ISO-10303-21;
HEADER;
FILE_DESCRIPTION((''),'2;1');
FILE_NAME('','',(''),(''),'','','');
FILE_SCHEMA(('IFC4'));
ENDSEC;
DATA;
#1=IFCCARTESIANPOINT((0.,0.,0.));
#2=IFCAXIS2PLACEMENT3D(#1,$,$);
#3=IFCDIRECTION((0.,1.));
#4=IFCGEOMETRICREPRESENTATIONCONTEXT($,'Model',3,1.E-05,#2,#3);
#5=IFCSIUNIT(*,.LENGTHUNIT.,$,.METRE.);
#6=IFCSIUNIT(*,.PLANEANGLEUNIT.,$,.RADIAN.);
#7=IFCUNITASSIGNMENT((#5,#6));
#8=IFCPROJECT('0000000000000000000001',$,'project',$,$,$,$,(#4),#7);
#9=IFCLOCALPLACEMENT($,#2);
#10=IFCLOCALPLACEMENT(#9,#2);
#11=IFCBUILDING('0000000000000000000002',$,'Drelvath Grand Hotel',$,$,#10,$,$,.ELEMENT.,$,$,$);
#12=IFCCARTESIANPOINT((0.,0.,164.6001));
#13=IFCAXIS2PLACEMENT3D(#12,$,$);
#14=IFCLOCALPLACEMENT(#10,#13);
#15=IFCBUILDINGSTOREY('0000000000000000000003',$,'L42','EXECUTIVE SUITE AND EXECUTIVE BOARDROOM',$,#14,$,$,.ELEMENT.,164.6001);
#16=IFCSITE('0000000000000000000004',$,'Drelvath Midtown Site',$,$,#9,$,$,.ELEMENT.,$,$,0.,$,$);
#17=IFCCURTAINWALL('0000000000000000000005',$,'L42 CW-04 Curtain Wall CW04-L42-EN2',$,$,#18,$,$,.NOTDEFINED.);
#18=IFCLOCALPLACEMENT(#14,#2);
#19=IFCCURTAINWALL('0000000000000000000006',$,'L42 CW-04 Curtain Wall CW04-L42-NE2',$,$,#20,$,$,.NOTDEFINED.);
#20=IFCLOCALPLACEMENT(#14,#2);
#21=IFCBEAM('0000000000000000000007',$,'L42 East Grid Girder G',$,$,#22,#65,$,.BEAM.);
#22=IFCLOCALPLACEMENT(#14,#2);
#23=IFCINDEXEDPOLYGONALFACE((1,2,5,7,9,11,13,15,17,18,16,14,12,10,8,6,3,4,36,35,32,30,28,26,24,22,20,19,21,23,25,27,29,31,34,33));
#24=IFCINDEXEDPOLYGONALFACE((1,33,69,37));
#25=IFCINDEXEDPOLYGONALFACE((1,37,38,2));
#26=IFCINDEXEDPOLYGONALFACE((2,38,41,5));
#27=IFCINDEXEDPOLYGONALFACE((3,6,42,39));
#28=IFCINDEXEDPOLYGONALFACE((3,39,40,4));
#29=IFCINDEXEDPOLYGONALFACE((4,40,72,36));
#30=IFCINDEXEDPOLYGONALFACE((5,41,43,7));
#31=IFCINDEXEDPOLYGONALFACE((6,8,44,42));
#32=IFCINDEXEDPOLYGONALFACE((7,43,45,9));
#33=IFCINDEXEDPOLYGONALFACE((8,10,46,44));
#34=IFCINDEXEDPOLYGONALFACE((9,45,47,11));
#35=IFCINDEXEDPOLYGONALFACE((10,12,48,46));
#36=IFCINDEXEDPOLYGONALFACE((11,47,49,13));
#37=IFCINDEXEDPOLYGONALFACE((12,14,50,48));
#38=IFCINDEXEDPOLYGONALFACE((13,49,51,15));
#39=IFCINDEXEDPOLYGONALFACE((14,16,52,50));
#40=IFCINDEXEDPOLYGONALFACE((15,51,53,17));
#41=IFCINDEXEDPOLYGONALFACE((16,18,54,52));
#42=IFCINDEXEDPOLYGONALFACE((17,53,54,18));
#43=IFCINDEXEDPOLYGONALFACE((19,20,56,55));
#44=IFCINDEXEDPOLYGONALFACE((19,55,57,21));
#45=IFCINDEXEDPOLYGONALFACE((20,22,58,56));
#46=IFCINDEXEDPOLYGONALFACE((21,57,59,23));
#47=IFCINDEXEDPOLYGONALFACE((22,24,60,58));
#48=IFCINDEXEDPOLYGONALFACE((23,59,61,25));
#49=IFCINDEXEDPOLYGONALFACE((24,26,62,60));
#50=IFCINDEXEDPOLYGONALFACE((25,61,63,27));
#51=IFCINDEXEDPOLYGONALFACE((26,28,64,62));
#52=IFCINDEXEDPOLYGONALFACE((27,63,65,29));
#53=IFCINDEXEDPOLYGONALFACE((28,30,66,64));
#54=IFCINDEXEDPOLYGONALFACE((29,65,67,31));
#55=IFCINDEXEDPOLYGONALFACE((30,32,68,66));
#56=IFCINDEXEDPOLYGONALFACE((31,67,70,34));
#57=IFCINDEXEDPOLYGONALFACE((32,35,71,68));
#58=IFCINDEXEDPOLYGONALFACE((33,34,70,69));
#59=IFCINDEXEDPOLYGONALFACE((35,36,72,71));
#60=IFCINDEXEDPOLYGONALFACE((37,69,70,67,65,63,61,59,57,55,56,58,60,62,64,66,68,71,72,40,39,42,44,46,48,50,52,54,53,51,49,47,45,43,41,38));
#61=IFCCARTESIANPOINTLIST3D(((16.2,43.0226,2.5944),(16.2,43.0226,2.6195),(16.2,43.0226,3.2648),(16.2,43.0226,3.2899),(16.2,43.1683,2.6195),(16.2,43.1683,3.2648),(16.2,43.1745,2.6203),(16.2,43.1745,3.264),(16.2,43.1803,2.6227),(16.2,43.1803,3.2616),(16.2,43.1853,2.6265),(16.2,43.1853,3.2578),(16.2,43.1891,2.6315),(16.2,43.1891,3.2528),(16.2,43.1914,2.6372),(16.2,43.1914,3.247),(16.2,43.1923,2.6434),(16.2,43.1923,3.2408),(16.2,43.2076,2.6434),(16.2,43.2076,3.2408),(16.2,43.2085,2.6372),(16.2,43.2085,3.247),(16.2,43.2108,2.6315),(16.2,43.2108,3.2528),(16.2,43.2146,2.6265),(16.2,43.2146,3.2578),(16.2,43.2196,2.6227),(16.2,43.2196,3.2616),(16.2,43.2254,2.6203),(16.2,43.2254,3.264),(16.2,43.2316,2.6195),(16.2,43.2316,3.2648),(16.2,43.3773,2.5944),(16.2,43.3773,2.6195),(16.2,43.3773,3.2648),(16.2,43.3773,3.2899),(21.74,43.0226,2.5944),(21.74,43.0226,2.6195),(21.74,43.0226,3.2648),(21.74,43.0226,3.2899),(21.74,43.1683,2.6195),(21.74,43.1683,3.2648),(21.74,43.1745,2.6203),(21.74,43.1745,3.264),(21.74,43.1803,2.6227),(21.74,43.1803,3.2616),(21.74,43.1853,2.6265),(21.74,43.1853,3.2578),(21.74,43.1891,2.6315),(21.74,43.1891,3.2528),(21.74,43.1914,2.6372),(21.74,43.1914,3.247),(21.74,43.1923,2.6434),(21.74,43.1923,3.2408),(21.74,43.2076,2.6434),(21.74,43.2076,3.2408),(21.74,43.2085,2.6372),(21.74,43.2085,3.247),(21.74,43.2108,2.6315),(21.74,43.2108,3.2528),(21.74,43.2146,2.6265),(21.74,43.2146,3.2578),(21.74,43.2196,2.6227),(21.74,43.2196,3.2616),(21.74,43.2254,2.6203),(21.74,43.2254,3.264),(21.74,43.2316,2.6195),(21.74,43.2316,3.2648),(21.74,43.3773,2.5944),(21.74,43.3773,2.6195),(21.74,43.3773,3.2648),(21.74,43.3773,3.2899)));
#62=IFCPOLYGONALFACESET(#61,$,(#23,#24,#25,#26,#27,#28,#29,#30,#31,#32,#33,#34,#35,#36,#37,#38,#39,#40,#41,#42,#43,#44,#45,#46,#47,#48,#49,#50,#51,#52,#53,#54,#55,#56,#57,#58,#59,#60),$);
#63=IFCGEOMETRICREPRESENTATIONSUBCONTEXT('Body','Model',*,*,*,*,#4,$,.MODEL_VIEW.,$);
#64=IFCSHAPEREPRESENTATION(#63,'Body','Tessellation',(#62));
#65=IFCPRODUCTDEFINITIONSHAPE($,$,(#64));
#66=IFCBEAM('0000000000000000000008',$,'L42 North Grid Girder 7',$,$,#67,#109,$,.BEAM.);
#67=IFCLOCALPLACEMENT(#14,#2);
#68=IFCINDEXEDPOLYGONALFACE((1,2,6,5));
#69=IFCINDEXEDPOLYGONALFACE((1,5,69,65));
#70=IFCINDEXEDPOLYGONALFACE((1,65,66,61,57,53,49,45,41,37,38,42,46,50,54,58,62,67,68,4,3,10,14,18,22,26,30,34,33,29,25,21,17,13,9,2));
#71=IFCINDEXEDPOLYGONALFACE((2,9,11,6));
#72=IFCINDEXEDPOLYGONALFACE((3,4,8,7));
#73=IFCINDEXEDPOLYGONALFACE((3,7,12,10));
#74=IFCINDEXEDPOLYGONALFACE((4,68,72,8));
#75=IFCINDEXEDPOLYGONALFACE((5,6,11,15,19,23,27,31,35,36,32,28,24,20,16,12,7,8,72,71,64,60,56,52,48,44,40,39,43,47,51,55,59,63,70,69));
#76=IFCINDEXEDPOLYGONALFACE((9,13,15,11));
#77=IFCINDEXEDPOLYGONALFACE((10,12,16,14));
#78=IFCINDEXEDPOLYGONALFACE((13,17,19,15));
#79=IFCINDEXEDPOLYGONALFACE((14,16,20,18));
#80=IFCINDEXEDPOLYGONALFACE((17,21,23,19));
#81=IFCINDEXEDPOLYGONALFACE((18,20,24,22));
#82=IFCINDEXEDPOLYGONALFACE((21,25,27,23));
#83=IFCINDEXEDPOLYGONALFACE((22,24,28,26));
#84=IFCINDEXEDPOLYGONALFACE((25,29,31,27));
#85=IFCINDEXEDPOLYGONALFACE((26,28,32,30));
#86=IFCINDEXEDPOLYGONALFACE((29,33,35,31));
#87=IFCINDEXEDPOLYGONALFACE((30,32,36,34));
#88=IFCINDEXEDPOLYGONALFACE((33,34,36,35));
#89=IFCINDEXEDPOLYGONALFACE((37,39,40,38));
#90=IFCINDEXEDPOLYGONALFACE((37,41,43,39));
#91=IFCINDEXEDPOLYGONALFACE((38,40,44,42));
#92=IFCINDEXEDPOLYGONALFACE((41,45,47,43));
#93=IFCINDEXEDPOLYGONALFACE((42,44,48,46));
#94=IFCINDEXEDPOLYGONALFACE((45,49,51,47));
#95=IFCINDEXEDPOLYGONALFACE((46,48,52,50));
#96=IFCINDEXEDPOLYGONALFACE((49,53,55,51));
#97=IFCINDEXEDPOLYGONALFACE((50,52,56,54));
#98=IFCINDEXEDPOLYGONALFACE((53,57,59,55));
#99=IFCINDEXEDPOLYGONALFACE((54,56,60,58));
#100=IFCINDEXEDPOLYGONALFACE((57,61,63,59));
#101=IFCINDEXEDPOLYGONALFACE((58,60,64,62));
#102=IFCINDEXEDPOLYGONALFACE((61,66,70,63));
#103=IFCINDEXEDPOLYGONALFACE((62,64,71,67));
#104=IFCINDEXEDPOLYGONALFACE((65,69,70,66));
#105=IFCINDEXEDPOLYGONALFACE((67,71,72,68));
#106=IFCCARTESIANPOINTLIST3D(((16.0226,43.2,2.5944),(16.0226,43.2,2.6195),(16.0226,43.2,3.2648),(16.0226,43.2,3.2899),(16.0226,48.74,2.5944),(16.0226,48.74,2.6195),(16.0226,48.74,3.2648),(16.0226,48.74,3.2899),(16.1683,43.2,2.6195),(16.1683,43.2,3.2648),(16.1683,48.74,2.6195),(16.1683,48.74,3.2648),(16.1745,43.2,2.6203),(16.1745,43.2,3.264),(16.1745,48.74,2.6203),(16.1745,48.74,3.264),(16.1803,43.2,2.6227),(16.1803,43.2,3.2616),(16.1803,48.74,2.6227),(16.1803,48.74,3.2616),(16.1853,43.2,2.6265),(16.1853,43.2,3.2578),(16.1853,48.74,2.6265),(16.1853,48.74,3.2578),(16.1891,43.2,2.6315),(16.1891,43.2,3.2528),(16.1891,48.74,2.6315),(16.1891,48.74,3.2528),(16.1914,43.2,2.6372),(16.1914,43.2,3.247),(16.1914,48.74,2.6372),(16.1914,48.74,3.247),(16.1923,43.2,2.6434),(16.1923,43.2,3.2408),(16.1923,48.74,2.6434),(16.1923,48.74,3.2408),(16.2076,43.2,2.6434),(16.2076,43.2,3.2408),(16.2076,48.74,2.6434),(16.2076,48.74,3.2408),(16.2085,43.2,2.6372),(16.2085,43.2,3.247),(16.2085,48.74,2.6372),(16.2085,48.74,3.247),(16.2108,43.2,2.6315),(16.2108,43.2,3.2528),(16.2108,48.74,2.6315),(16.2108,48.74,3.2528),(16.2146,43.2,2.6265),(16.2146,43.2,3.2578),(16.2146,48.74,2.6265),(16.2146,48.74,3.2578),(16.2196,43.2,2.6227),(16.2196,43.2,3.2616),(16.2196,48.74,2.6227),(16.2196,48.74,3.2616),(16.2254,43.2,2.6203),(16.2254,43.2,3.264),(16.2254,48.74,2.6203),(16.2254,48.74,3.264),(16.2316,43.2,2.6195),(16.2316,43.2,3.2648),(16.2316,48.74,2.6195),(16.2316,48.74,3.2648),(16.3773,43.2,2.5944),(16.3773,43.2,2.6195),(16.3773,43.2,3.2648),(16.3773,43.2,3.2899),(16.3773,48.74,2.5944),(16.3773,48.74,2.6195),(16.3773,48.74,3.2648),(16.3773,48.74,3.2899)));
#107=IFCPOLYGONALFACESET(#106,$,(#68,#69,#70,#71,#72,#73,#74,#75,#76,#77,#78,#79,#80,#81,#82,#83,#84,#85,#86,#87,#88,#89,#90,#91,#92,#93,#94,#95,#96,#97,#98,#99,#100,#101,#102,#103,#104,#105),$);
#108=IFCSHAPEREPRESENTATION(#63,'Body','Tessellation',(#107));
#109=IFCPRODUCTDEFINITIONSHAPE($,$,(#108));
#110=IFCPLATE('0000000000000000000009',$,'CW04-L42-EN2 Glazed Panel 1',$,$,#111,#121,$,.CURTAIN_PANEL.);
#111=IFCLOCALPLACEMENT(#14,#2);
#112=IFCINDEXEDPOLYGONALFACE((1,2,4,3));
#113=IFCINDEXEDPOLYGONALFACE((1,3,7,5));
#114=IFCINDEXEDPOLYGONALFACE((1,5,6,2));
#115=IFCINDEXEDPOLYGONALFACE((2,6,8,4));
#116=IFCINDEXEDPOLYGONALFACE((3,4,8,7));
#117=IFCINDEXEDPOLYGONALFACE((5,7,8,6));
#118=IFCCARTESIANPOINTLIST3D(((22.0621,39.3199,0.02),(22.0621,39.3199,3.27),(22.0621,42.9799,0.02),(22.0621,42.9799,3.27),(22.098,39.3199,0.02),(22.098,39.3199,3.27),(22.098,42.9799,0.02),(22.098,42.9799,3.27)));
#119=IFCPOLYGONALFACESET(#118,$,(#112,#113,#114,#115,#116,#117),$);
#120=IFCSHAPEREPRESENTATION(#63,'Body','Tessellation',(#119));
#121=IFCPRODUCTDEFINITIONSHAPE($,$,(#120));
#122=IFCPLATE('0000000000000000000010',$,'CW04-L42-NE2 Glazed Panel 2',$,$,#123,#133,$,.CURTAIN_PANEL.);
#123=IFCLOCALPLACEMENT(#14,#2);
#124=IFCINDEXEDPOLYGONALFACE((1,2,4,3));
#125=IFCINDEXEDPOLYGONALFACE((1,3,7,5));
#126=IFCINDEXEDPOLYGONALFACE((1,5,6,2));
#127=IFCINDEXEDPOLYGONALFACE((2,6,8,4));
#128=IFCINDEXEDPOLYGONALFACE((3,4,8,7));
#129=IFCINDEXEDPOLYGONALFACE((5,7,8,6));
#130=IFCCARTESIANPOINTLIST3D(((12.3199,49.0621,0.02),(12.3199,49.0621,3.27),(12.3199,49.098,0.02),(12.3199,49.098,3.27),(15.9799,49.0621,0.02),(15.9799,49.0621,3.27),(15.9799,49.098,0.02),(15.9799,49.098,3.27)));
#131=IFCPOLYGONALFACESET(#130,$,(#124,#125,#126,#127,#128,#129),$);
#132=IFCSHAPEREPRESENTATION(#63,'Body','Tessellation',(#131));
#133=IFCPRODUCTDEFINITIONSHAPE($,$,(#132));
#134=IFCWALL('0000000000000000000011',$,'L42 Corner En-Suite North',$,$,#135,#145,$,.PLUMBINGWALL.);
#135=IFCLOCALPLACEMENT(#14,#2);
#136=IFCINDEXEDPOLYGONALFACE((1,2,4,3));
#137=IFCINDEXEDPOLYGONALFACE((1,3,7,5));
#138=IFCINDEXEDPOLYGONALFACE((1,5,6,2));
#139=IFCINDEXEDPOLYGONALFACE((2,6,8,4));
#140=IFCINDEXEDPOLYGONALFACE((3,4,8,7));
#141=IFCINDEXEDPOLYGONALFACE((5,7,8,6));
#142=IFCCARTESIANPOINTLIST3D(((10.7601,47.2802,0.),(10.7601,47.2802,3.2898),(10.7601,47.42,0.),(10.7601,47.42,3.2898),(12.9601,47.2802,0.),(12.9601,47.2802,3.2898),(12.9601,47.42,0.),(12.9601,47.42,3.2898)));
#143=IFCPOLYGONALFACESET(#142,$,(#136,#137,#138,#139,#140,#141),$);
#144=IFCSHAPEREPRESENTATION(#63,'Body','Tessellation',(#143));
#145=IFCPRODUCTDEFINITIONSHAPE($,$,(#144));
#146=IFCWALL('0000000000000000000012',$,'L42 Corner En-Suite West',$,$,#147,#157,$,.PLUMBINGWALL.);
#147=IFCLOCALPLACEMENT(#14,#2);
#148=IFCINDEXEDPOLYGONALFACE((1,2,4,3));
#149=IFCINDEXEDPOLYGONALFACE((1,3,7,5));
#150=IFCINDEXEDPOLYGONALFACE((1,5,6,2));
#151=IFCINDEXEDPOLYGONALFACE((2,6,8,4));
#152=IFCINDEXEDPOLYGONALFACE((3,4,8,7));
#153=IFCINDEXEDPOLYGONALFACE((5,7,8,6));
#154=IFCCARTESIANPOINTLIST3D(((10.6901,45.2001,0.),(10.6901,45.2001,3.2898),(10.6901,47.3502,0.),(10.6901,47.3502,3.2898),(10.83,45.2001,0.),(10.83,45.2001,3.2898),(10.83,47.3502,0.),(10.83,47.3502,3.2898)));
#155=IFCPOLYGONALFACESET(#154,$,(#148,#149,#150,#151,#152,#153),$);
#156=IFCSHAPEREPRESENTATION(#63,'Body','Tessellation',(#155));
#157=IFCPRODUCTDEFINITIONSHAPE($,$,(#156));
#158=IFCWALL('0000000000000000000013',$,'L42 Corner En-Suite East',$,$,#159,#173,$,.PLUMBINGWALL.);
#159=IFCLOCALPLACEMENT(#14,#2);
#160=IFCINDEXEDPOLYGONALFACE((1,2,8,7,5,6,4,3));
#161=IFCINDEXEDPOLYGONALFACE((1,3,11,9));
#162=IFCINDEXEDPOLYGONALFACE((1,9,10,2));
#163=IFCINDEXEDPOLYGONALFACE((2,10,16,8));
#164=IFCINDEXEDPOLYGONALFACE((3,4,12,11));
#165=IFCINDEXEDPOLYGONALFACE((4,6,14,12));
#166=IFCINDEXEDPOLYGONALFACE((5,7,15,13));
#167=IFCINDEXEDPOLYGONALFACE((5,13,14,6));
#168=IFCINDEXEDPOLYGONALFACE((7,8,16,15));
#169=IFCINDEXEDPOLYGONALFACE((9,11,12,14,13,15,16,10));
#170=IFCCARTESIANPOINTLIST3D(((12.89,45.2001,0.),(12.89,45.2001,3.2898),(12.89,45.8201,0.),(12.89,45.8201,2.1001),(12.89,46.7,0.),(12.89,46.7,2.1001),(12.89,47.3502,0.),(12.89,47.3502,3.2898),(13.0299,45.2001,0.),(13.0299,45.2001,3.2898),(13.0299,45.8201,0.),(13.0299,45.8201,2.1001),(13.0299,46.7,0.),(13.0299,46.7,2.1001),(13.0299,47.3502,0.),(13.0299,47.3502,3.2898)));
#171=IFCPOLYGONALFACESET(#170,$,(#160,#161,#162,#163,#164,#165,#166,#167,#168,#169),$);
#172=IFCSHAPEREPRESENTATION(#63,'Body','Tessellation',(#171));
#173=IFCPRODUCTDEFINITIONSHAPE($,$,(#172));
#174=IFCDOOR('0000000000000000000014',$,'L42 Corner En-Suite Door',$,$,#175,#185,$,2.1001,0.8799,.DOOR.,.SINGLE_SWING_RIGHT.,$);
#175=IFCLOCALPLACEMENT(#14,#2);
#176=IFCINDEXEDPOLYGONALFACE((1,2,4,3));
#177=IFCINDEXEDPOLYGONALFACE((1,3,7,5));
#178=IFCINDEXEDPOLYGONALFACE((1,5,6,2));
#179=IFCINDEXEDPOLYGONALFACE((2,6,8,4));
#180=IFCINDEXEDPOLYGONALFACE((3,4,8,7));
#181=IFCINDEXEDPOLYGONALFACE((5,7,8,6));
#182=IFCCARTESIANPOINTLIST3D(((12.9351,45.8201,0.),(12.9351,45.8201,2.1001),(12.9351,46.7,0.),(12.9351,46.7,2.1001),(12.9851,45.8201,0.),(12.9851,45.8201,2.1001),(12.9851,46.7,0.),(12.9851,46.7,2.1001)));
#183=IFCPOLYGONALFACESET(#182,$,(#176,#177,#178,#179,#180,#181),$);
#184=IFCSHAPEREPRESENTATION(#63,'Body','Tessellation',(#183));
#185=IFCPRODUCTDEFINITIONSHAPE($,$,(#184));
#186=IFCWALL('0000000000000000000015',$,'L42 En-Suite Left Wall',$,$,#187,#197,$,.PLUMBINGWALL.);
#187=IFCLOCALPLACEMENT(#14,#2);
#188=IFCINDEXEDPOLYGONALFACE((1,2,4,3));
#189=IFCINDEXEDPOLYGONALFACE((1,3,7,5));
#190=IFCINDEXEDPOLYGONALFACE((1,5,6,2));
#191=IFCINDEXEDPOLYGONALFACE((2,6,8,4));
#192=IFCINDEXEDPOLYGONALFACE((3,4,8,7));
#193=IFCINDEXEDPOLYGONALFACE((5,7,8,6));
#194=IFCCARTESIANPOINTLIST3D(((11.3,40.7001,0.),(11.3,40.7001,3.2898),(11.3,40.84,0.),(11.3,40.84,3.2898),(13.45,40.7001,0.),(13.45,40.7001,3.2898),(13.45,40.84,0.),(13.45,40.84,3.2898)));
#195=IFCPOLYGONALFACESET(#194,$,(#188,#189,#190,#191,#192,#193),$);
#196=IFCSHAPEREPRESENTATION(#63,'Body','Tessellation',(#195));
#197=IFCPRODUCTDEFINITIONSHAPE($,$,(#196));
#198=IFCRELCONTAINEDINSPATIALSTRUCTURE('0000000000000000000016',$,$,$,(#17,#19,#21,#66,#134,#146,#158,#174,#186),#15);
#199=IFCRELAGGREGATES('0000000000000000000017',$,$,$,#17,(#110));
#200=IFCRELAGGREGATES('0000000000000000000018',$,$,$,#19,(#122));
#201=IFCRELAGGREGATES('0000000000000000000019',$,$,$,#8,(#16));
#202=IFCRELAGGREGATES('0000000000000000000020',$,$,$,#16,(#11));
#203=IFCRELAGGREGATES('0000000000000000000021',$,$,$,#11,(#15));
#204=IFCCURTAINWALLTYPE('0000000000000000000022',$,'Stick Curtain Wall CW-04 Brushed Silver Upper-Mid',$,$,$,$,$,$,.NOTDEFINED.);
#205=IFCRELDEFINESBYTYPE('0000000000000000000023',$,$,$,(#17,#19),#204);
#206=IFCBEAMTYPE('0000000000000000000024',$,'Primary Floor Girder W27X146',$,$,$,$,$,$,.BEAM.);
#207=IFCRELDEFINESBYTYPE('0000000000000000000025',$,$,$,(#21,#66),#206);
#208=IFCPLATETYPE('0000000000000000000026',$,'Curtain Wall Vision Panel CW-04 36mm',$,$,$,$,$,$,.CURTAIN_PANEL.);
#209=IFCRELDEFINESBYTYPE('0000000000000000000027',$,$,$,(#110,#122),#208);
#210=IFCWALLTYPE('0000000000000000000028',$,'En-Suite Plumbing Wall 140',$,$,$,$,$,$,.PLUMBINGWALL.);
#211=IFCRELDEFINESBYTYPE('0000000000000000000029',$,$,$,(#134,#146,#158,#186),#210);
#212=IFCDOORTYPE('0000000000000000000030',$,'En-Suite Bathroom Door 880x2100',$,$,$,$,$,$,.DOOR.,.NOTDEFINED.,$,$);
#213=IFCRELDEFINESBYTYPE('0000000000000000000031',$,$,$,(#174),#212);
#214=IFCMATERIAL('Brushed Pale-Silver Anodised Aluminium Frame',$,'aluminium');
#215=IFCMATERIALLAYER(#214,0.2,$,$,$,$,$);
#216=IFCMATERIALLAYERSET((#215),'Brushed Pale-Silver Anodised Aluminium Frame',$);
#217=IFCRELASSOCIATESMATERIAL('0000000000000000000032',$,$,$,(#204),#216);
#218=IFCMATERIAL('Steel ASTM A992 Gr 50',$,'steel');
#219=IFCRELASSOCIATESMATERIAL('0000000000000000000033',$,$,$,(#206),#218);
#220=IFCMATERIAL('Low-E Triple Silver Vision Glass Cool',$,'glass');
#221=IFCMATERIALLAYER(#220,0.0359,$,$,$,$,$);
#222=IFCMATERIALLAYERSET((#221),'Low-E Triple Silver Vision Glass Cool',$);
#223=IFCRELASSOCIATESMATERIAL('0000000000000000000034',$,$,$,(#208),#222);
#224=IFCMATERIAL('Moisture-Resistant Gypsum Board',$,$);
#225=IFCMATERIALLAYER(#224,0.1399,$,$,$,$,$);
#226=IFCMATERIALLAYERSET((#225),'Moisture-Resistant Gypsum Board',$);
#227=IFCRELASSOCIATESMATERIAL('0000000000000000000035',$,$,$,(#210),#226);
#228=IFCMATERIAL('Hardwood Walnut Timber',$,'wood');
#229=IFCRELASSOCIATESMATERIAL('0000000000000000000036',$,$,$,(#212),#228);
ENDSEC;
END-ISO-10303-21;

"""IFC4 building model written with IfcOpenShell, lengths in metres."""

from ifc_helpers import new_model, si_unit, direction, frame, frame_2d, origin, origin_2d, place, context, subcontext, project, spatial, rectangle, i_section, extrude, material, layer, layer_set, material_profile, profile_set, type_object, element, fill, aggregate, save


model = new_model("IFC4")

# Units and contexts
model_context = context("Model", 3, precision=1e-05, world=origin(), true_north=direction((0.0, 1.0)))
body_context = subcontext(model_context, "Body", "Model", "MODEL_VIEW")
ifc_project = project(units=[si_unit("LENGTHUNIT", "METRE"), si_unit("PLANEANGLEUNIT", "RADIAN")], contexts=[model_context])

# Site, building, storey
site_placement = place(None, origin())
site = spatial("IfcSite", under=ifc_project, at=site_placement, Name="Drelvath Midtown Site", CompositionType="ELEMENT", RefElevation=0.0)
building_placement = place(site_placement, origin())
building = spatial("IfcBuilding", under=site, at=building_placement, Name="Drelvath Grand Hotel", CompositionType="ELEMENT")
storey_placement = place(building_placement, frame((0.0, 0.0, 164.6001)))
storey = spatial("IfcBuildingStorey", under=building, at=storey_placement, Name="L42", Description="EXECUTIVE SUITE AND EXECUTIVE BOARDROOM", CompositionType="ELEMENT", Elevation=164.6001)

# Curtain walls
ifc_material_1 = material(Name="Brushed Pale-Silver Anodised Aluminium Frame", Category="aluminium")
ifc_layer_1 = layer(ifc_material_1, 0.2)
ifc_layer_set_1 = layer_set([ifc_layer_1], Name="Brushed Pale-Silver Anodised Aluminium Frame")
curtain_wall_type = type_object("IfcCurtainWallType", Name="Stick Curtain Wall CW-04 Brushed Silver Upper-Mid", PredefinedType="NOTDEFINED", material=ifc_layer_set_1)
curtain_wall_1_placement = place(storey_placement, origin())
curtain_wall_1 = element("IfcCurtainWall", 1, at=curtain_wall_1_placement, inside=storey, type_object=curtain_wall_type, Name="L42 CW-04 Curtain Wall CW04-L42-EN2", PredefinedType="NOTDEFINED")
curtain_wall_2_placement = place(storey_placement, origin())
curtain_wall_2 = element("IfcCurtainWall", 2, at=curtain_wall_2_placement, inside=storey, type_object=curtain_wall_type, Name="L42 CW-04 Curtain Wall CW04-L42-NE2", PredefinedType="NOTDEFINED")

# Beams
ifc_material_2 = material(Name="Steel ASTM A992 Gr 50", Category="steel")
ifc_material_profile_1 = material_profile(ifc_material_2, i_section(OverallWidth=0.3547, OverallDepth=0.6956, WebThickness=0.0154, FlangeThickness=0.0251, FilletRadius=0.0239, at=origin_2d()), Name="W27X146")
ifc_profile_set_1 = profile_set([ifc_material_profile_1], Name="Steel ASTM A992 Gr 50")
beam_type = type_object("IfcBeamType", Name="Primary Floor Girder W27X146", PredefinedType="BEAM", material=ifc_profile_set_1)
for number, where, z_axis, x_axis, name in (
    (3, (16.2, 43.2, 2.9421), (1.0, 0.0, 0.0), (0.0, 1.0, 0.0), "L42 East Grid Girder G"),
    (4, (16.2, 43.2, 2.9421), (0.0, 1.0, 0.0), (-1.0, 0.0, 0.0), "L42 North Grid Girder 7"),
):
    element("IfcBeam", number, at=place(storey_placement, frame(where, z_axis=z_axis, x_axis=x_axis)), inside=storey, type_object=beam_type, Name=name, PredefinedType="BEAM", context=body_context, shape_type="SweptSolid", body=[
        extrude(i_section(OverallWidth=0.3547, OverallDepth=0.6956, WebThickness=0.0154, FlangeThickness=0.0251, FilletRadius=0.0239, at=origin_2d()), origin(), (0.0, 0.0, 1.0), 5.54),
    ])

# Plates
ifc_material_3 = material(Name="Low-E Triple Silver Vision Glass Cool", Category="glass")
ifc_layer_2 = layer(ifc_material_3, 0.0359)
ifc_layer_set_2 = layer_set([ifc_layer_2], Name="Low-E Triple Silver Vision Glass Cool")
plate_type = type_object("IfcPlateType", Name="Curtain Wall Vision Panel CW-04 36mm", PredefinedType="CURTAIN_PANEL", material=ifc_layer_set_2)
plate_1_placement = place(storey_placement, frame((22.0801, 41.1499, 0.02), z_axis=(0.0, 0.0, 1.0), x_axis=(0.0, -1.0, 0.0)))
plate_1 = element("IfcPlate", 5, at=plate_1_placement, type_object=plate_type, Name="CW04-L42-EN2 Glazed Panel 1", PredefinedType="CURTAIN_PANEL", context=body_context, shape_type="SweptSolid", body=[
    extrude(rectangle(XDim=3.6599, YDim=0.0359, at=origin_2d()), origin(), (0.0, 0.0, 1.0), 3.25),
])
aggregate(curtain_wall_1, [plate_1])
plate_2_placement = place(storey_placement, frame((14.1499, 49.0801, 0.02), z_axis=(0.0, 0.0, 1.0), x_axis=(1.0, 0.0, 0.0)))
plate_2 = element("IfcPlate", 6, at=plate_2_placement, type_object=plate_type, Name="CW04-L42-NE2 Glazed Panel 2", PredefinedType="CURTAIN_PANEL", context=body_context, shape_type="SweptSolid", body=[
    extrude(rectangle(XDim=3.6599, YDim=0.0359, at=origin_2d()), origin(), (0.0, 0.0, 1.0), 3.25),
])
aggregate(curtain_wall_2, [plate_2])

# Walls
ifc_material_4 = material(Name="Moisture-Resistant Gypsum Board")
ifc_layer_3 = layer(ifc_material_4, 0.1399)
ifc_layer_set_3 = layer_set([ifc_layer_3], Name="Moisture-Resistant Gypsum Board")
wall_type_1 = type_object("IfcWallType", Name="En-Suite Plumbing Wall 140", PredefinedType="PLUMBINGWALL", material=ifc_layer_set_3)
wall_1_placement = place(storey_placement, frame((10.76, 47.3501, 0.0), z_axis=(0.0, 0.0, 1.0), x_axis=(1.0, 0.0, 0.0)))
element("IfcWall", 7, at=wall_1_placement, inside=storey, type_object=wall_type_1, Name="L42 Corner En-Suite North", PredefinedType="PLUMBINGWALL", context=body_context, shape_type="SweptSolid", body=[
    extrude(rectangle(XDim=2.2, YDim=0.1399, at=frame_2d((1.1001, 0.0))), origin(), (0.0, 0.0, 1.0), 3.2898),
])
wall_2_placement = place(storey_placement, frame((10.76, 45.2, 0.0), z_axis=(0.0, 0.0, 1.0), x_axis=(0.0, 1.0, 0.0)))
element("IfcWall", 8, at=wall_2_placement, inside=storey, type_object=wall_type_1, Name="L42 Corner En-Suite West", PredefinedType="PLUMBINGWALL", context=body_context, shape_type="SweptSolid", body=[
    extrude(rectangle(XDim=2.1501, YDim=0.1399, at=frame_2d((1.0752, 0.0))), origin(), (0.0, 0.0, 1.0), 3.2898),
])

# Wall, opening, door
wall_3_placement = place(storey_placement, frame((12.96, 45.2, 0.0), z_axis=(0.0, 0.0, 1.0), x_axis=(0.0, 1.0, 0.0)))
wall_3 = element("IfcWall", 9, at=wall_3_placement, inside=storey, type_object=wall_type_1, Name="L42 Corner En-Suite East", PredefinedType="PLUMBINGWALL", context=body_context, shape_type="SweptSolid", body=[
    extrude(rectangle(XDim=2.1501, YDim=0.1399, at=frame_2d((1.0752, 0.0))), origin(), (0.0, 0.0, 1.0), 3.2898),
])
opening_1_placement = place(wall_3_placement, frame((0.6201, 0.0, 0.0)))
opening_1 = element("IfcOpeningElement", 10, at=opening_1_placement, cuts=wall_3, PredefinedType="OPENING", context=body_context, shape_type="SweptSolid", body=[
    extrude(rectangle(XDim=0.8799, YDim=2.1001, at=frame_2d((0.4399, 1.05))), frame((0.0, 0.0798, 0.0), z_axis=(0.0, -1.0, 0.0), x_axis=(1.0, 0.0, 0.0)), (0.0, 0.0, 1.0), 0.1599),
])
ifc_material_5 = material(Name="Hardwood Walnut Timber", Category="wood")
door_type = type_object("IfcDoorType", Name="En-Suite Bathroom Door 880x2100", OperationType="NOTDEFINED", PredefinedType="DOOR", material=ifc_material_5)
door_1_placement = place(opening_1_placement, origin())
door_1 = element("IfcDoor", 11, at=door_1_placement, inside=storey, type_object=door_type, Name="L42 Corner En-Suite Door", OperationType="SINGLE_SWING_RIGHT", OverallHeight=2.1001, OverallWidth=0.8799, PredefinedType="DOOR", context=body_context, shape_type="SweptSolid", body=[
    extrude(rectangle(XDim=0.8799, YDim=2.1001, at=frame_2d((0.4399, 1.05))), frame((0.0, 0.0249, 0.0), z_axis=(0.0, -1.0, 0.0), x_axis=(1.0, 0.0, 0.0)), (0.0, 0.0, 1.0), 0.05),
])
fill(opening_1, door_1)

# Wall
wall_4_placement = place(storey_placement, frame((11.3, 40.77, 0.0), z_axis=(0.0, 0.0, 1.0), x_axis=(1.0, 0.0, 0.0)))
element("IfcWall", 12, at=wall_4_placement, inside=storey, type_object=wall_type_1, Name="L42 En-Suite Left Wall", PredefinedType="PLUMBINGWALL", context=body_context, shape_type="SweptSolid", body=[
    extrude(rectangle(XDim=2.1499, YDim=0.1399, at=frame_2d((1.075, 0.0))), origin(), (0.0, 0.0, 1.0), 3.2898),
])

save(model, "model.ifc")
